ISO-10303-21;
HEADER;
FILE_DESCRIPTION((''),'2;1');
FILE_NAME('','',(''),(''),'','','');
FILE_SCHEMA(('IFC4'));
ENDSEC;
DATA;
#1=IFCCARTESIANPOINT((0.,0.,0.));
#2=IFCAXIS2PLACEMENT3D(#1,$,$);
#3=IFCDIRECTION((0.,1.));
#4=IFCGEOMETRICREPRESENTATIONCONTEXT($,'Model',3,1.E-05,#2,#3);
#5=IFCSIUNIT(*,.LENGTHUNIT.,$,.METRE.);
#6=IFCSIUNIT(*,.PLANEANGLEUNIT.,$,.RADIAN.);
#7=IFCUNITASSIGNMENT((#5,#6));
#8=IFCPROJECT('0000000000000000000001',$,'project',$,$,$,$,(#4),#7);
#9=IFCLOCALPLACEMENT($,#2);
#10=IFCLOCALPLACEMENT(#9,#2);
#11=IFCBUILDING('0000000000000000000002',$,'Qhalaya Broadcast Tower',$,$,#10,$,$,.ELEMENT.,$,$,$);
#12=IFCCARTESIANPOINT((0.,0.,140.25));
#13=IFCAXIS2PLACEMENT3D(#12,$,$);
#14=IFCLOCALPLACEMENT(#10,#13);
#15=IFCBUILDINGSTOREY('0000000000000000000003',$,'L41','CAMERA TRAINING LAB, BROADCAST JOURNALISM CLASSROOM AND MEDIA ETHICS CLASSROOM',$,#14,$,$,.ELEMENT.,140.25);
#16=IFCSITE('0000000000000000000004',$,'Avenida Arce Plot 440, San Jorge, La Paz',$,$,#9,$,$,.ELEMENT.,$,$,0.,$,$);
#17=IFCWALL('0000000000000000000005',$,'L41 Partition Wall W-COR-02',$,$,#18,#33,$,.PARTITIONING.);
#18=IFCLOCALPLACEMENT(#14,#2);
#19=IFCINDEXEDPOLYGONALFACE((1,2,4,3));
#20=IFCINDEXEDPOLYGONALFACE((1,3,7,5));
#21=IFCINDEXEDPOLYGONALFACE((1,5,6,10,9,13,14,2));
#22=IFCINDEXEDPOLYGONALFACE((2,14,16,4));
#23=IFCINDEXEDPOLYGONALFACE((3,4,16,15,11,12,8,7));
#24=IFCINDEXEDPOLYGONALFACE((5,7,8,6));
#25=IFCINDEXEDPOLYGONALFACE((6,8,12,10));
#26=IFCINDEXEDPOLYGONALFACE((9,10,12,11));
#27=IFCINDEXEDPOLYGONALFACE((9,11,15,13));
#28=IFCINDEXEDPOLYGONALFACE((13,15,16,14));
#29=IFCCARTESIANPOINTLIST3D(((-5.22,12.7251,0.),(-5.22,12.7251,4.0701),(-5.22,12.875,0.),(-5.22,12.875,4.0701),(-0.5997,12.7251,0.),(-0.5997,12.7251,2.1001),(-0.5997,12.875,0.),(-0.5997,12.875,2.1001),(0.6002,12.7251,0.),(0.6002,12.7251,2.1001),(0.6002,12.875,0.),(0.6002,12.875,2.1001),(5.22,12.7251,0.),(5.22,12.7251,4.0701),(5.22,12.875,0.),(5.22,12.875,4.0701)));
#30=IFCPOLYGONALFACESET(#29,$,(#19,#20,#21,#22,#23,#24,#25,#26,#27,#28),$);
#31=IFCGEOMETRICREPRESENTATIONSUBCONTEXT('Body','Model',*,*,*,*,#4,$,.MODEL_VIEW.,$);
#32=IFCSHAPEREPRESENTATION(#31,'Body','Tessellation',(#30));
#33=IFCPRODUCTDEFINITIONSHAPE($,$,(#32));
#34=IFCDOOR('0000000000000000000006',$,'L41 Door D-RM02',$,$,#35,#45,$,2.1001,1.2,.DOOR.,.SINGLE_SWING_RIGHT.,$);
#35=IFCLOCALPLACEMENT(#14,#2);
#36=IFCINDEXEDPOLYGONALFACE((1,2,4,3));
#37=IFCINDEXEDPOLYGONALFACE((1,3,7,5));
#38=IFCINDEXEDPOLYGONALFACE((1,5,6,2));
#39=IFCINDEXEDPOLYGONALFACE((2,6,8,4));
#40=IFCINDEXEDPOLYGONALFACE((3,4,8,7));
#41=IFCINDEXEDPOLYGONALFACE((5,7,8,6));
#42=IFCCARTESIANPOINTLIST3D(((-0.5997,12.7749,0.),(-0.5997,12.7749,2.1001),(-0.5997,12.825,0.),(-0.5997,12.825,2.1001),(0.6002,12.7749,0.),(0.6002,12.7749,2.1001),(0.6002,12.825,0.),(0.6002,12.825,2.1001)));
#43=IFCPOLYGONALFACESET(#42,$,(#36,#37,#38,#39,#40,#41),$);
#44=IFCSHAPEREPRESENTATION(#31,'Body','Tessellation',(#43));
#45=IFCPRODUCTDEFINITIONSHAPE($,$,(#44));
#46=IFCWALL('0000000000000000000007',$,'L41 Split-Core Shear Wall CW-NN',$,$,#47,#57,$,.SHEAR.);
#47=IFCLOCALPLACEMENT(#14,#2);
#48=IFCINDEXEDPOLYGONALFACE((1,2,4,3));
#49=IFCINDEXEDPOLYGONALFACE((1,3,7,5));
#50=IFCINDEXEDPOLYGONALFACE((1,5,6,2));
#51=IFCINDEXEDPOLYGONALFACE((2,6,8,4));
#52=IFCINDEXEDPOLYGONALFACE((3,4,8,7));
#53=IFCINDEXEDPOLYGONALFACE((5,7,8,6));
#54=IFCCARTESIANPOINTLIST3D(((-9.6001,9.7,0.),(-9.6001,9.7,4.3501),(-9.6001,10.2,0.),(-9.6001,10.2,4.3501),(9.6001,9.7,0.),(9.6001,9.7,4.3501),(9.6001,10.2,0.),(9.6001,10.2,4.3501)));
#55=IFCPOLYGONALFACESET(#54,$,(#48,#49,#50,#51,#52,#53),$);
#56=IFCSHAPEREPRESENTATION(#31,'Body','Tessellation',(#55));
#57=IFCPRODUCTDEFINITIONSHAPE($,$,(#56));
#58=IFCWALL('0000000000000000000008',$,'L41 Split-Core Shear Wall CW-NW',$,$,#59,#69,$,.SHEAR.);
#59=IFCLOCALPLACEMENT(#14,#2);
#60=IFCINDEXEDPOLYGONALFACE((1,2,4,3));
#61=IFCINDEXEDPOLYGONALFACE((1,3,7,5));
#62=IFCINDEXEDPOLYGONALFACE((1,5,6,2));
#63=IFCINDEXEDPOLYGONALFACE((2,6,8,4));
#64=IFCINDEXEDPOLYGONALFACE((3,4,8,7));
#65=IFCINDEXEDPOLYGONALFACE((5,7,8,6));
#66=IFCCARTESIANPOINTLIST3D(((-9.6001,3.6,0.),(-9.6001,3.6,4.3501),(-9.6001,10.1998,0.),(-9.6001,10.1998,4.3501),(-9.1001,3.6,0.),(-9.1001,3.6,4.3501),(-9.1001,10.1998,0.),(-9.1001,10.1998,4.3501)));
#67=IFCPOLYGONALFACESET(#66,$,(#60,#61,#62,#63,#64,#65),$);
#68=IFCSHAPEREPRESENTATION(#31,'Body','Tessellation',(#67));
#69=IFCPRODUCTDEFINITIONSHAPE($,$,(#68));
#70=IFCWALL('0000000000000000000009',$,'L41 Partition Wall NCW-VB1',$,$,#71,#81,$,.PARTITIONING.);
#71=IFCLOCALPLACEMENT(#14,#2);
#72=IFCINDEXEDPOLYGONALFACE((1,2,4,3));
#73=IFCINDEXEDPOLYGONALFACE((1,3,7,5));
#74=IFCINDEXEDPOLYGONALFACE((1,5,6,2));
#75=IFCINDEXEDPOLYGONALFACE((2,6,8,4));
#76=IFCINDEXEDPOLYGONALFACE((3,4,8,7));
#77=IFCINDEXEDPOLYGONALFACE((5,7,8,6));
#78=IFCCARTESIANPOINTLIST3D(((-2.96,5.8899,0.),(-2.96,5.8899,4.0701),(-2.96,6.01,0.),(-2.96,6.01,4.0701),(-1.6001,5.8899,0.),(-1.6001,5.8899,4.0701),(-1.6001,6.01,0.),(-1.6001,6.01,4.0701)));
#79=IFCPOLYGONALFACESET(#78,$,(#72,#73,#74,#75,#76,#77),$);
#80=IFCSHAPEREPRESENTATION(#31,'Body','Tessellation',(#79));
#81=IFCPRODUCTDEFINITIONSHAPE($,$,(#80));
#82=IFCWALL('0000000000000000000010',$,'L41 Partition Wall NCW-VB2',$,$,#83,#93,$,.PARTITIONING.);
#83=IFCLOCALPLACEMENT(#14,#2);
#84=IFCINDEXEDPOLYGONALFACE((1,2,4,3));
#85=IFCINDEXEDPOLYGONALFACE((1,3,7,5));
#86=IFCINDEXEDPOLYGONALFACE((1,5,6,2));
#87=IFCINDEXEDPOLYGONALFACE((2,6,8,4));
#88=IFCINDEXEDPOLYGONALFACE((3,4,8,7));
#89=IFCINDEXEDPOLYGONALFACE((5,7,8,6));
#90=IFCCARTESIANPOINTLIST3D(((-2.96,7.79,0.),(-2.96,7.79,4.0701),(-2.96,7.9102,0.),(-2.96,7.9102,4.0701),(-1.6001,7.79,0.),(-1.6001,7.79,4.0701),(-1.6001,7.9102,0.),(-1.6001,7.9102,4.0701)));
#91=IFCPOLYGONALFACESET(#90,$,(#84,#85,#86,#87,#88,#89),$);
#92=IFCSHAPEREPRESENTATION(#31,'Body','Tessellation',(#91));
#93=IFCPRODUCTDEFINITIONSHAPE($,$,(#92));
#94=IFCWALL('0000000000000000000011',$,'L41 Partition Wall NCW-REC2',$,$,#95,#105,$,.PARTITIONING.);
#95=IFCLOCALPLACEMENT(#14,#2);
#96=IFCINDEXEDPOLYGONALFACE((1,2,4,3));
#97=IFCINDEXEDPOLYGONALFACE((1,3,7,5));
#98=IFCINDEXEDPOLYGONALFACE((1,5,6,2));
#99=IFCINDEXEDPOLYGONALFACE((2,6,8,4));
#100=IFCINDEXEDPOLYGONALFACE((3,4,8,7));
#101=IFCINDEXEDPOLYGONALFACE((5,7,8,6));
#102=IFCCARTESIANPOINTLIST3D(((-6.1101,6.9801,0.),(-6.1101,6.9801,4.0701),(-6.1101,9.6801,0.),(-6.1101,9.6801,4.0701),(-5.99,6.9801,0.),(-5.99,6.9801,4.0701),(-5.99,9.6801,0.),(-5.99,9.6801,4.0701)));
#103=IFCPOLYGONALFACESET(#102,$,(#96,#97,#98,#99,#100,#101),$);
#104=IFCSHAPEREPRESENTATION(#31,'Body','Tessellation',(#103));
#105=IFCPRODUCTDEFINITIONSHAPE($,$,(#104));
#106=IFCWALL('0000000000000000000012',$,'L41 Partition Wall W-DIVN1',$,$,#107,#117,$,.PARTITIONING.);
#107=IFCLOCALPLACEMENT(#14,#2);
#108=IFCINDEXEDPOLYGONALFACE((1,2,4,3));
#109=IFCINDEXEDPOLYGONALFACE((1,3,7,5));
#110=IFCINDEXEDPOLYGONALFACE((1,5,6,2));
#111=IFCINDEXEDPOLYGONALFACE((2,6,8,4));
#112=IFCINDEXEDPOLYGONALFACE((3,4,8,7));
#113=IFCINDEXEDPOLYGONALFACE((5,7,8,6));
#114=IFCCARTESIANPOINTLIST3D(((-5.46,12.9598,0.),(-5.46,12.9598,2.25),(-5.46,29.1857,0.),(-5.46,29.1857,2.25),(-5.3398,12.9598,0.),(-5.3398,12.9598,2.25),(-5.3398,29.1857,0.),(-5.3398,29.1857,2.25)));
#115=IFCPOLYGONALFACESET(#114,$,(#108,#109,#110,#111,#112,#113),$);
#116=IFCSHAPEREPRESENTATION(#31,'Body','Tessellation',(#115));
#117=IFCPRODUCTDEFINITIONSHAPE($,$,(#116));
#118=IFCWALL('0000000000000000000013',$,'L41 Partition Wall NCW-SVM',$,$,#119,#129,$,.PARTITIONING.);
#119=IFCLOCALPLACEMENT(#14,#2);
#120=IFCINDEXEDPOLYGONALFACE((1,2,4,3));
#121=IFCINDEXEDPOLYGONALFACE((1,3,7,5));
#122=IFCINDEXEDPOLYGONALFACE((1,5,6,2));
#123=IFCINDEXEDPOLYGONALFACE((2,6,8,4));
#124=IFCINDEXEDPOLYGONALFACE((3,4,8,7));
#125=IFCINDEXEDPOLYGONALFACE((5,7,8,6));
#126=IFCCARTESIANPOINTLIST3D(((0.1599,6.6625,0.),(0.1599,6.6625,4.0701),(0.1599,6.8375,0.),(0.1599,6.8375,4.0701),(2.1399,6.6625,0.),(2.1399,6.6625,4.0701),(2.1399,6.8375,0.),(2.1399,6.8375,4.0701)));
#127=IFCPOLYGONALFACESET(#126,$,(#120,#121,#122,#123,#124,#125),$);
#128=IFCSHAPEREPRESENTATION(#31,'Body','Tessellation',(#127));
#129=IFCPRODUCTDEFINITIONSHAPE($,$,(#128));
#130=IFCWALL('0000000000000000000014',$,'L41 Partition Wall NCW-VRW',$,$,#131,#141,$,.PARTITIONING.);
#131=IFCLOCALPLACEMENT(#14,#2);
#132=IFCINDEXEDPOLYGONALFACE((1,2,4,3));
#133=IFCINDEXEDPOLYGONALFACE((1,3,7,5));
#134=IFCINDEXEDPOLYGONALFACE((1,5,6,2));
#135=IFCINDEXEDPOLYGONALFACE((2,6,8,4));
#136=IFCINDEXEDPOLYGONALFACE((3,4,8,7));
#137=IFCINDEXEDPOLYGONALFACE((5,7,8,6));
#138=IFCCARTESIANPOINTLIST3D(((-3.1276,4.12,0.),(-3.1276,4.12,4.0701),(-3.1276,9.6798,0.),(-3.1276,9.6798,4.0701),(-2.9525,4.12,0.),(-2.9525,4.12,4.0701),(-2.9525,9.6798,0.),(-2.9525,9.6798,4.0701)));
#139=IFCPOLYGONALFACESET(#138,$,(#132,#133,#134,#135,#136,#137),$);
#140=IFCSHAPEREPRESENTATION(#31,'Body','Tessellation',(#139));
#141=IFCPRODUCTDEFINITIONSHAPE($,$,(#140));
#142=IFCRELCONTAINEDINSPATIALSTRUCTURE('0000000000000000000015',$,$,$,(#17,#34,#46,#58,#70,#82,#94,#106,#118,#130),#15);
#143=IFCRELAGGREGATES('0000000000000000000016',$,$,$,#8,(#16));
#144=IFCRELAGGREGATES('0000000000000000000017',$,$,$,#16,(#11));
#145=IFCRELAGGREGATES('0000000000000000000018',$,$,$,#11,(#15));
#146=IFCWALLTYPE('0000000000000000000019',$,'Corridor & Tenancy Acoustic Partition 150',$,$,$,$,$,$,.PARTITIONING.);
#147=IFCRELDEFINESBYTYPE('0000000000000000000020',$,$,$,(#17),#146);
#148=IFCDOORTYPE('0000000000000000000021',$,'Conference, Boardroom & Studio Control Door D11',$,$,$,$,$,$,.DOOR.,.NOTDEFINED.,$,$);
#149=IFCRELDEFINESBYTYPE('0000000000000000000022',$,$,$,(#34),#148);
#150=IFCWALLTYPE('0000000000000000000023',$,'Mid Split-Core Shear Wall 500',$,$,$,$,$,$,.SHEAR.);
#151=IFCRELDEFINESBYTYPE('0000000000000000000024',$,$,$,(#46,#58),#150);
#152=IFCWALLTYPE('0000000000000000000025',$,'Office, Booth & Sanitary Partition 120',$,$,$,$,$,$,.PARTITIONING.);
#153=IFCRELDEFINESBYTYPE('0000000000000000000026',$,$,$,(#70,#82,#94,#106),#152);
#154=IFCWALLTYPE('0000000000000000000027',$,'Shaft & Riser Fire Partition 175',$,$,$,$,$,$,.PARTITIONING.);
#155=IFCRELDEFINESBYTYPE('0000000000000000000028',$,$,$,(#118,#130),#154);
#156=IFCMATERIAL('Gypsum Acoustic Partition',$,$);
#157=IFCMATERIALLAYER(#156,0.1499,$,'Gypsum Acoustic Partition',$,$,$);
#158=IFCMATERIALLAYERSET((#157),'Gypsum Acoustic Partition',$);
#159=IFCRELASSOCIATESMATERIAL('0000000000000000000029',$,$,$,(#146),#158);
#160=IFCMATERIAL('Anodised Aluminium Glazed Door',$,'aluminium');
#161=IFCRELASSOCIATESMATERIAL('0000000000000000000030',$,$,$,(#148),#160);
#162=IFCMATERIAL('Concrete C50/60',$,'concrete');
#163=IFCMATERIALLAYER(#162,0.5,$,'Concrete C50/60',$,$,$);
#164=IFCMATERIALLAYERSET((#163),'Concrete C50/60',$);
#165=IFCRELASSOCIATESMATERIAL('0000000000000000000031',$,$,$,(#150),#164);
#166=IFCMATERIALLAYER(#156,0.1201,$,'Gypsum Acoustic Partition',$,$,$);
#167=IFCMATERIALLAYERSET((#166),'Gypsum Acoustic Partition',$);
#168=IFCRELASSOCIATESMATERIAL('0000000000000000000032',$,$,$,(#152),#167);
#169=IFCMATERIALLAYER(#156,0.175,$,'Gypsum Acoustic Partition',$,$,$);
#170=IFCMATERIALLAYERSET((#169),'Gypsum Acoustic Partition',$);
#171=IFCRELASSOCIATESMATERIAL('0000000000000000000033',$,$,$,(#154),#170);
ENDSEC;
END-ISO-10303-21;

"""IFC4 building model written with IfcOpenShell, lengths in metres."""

from ifc_helpers import new_model, si_unit, direction, frame, frame_2d, origin, place, context, subcontext, project, spatial, rectangle, extrude, material, layer, layer_set, type_object, element, fill, save


model = new_model("IFC4")

# Units and contexts
model_context = context("Model", 3, precision=1e-05, world=origin(), true_north=direction((0.0, 1.0)))
body_context = subcontext(model_context, "Body", "Model", "MODEL_VIEW")
ifc_project = project(units=[si_unit("LENGTHUNIT", "METRE"), si_unit("PLANEANGLEUNIT", "RADIAN")], contexts=[model_context])

# Site, building, storey
site_placement = place(None, origin())
site = spatial("IfcSite", under=ifc_project, at=site_placement, Name="Avenida Arce Plot 440, San Jorge, La Paz", CompositionType="ELEMENT", RefElevation=0.0)
building_placement = place(site_placement, origin())
building = spatial("IfcBuilding", under=site, at=building_placement, Name="Qhalaya Broadcast Tower", CompositionType="ELEMENT")
storey_placement = place(building_placement, frame((0.0, 0.0, 140.25)))
storey = spatial("IfcBuildingStorey", under=building, at=storey_placement, Name="L41", Description="CAMERA TRAINING LAB, BROADCAST JOURNALISM CLASSROOM AND MEDIA ETHICS CLASSROOM", CompositionType="ELEMENT", Elevation=140.25)

# Shared definitions
ifc_material_1 = material(Name="Concrete C50/60", Category="concrete")

# Shared definitions
ifc_material_2 = material(Name="Gypsum Acoustic Partition")
ifc_layer_1 = layer(ifc_material_2, 0.1499, Name="Gypsum Acoustic Partition")
ifc_layer_set_1 = layer_set([ifc_layer_1], Name="Gypsum Acoustic Partition")
wall_type_1 = type_object("IfcWallType", Name="Corridor & Tenancy Acoustic Partition 150", PredefinedType="PARTITIONING", material=ifc_layer_set_1)

# Wall, opening, door
wall_1_placement = place(storey_placement, frame((-5.22, 12.8, 0.0), z_axis=(0.0, 0.0, 1.0), x_axis=(1.0, 0.0, 0.0)))
wall_1 = element("IfcWall", 1, at=wall_1_placement, inside=storey, type_object=wall_type_1, Name="L41 Partition Wall W-COR-02", PredefinedType="PARTITIONING", context=body_context, shape_type="SweptSolid", body=[
    extrude(rectangle(XDim=10.4399, YDim=0.1499, at=frame_2d((5.22, 0.0))), origin(), (0.0, 0.0, 1.0), 4.0701),
])
opening_1_placement = place(wall_1_placement, frame((4.6201, 0.0, 0.0)))
opening_1 = element("IfcOpeningElement", 2, at=opening_1_placement, cuts=wall_1, PredefinedType="OPENING", context=body_context, shape_type="SweptSolid", body=[
    extrude(rectangle(XDim=1.2, YDim=2.1001, at=frame_2d((0.6001, 1.05))), frame((0.0, 0.0869, 0.0), z_axis=(0.0, -1.0, 0.0), x_axis=(1.0, 0.0, 0.0)), (0.0, 0.0, 1.0), 0.1738),
])
ifc_material_3 = material(Name="Anodised Aluminium Glazed Door", Category="aluminium")
door_type_1 = type_object("IfcDoorType", Name="Conference, Boardroom & Studio Control Door D11", OperationType="NOTDEFINED", PredefinedType="DOOR", material=ifc_material_3)
door_1_placement = place(opening_1_placement, origin())
door_1 = element("IfcDoor", 3, at=door_1_placement, inside=storey, type_object=door_type_1, Name="L41 Door D-RM02", OperationType="SINGLE_SWING_RIGHT", OverallHeight=2.1001, OverallWidth=1.2, PredefinedType="DOOR", context=body_context, shape_type="SweptSolid", body=[
    extrude(rectangle(XDim=1.2, YDim=2.1001, at=frame_2d((0.6001, 1.05))), frame((0.0, 0.0249, 0.0), z_axis=(0.0, -1.0, 0.0), x_axis=(1.0, 0.0, 0.0)), (0.0, 0.0, 1.0), 0.05),
])
fill(opening_1, door_1)

# Walls
ifc_layer_2 = layer(ifc_material_1, 0.5, Name="Concrete C50/60")
ifc_layer_set_2 = layer_set([ifc_layer_2], Name="Concrete C50/60")
wall_type_2 = type_object("IfcWallType", Name="Mid Split-Core Shear Wall 500", PredefinedType="SHEAR", material=ifc_layer_set_2)
wall_2_placement = place(storey_placement, frame((-9.6001, 9.95, 0.0), z_axis=(0.0, 0.0, 1.0), x_axis=(1.0, 0.0, 0.0)))
element("IfcWall", 4, at=wall_2_placement, inside=storey, type_object=wall_type_2, Name="L41 Split-Core Shear Wall CW-NN", PredefinedType="SHEAR", context=body_context, shape_type="SweptSolid", body=[
    extrude(rectangle(XDim=19.2002, YDim=0.5, at=frame_2d((9.6001, 0.0))), origin(), (0.0, 0.0, 1.0), 4.3501),
])
wall_3_placement = place(storey_placement, frame((-9.3501, 3.6001, 0.0), z_axis=(0.0, 0.0, 1.0), x_axis=(0.0, 1.0, 0.0)))
element("IfcWall", 5, at=wall_3_placement, inside=storey, type_object=wall_type_2, Name="L41 Split-Core Shear Wall CW-NW", PredefinedType="SHEAR", context=body_context, shape_type="SweptSolid", body=[
    extrude(rectangle(XDim=6.5999, YDim=0.5, at=frame_2d((3.2998, 0.0))), origin(), (0.0, 0.0, 1.0), 4.3501),
])
ifc_layer_3 = layer(ifc_material_2, 0.1201, Name="Gypsum Acoustic Partition")
ifc_layer_set_3 = layer_set([ifc_layer_3], Name="Gypsum Acoustic Partition")
wall_type_3 = type_object("IfcWallType", Name="Office, Booth & Sanitary Partition 120", PredefinedType="PARTITIONING", material=ifc_layer_set_3)
for number, where, z_axis, x_axis, name in (
    (6, (-2.96, 5.95, 0.0), (0.0, 0.0, 1.0), (1.0, 0.0, 0.0), "L41 Partition Wall NCW-VB1"),
    (7, (-2.96, 7.8501, 0.0), (0.0, 0.0, 1.0), (1.0, 0.0, 0.0), "L41 Partition Wall NCW-VB2"),
):
    element("IfcWall", number, at=place(storey_placement, frame(where, z_axis=z_axis, x_axis=x_axis)), inside=storey, type_object=wall_type_3, Name=name, PredefinedType="PARTITIONING", context=body_context, shape_type="SweptSolid", body=[
        extrude(rectangle(XDim=1.3599, YDim=0.1201, at=frame_2d((0.6799, 0.0))), origin(), (0.0, 0.0, 1.0), 4.0701),
    ])
wall_4_placement = place(storey_placement, frame((-6.05, 6.98, 0.0), z_axis=(0.0, 0.0, 1.0), x_axis=(0.0, 1.0, 0.0)))
element("IfcWall", 8, at=wall_4_placement, inside=storey, type_object=wall_type_3, Name="L41 Partition Wall NCW-REC2", PredefinedType="PARTITIONING", context=body_context, shape_type="SweptSolid", body=[
    extrude(rectangle(XDim=2.7, YDim=0.1201, at=frame_2d((1.3501, 0.0))), origin(), (0.0, 0.0, 1.0), 4.0701),
])
wall_5_placement = place(storey_placement, frame((-5.3999, 12.96, 0.0), z_axis=(0.0, 0.0, 1.0), x_axis=(0.0, 1.0, 0.0)))
element("IfcWall", 9, at=wall_5_placement, inside=storey, type_object=wall_type_3, Name="L41 Partition Wall W-DIVN1", PredefinedType="PARTITIONING", context=body_context, shape_type="SweptSolid", body=[
    extrude(rectangle(XDim=16.2258, YDim=0.1201, at=frame_2d((8.1128, 0.0))), origin(), (0.0, 0.0, 1.0), 2.25),
])

# Shared definitions
ifc_layer_4 = layer(ifc_material_2, 0.175, Name="Gypsum Acoustic Partition")
ifc_layer_set_4 = layer_set([ifc_layer_4], Name="Gypsum Acoustic Partition")
wall_type_4 = type_object("IfcWallType", Name="Shaft & Riser Fire Partition 175", PredefinedType="PARTITIONING", material=ifc_layer_set_4)

# Walls
wall_6_placement = place(storey_placement, frame((0.1599, 6.75, 0.0), z_axis=(0.0, 0.0, 1.0), x_axis=(1.0, 0.0, 0.0)))
element("IfcWall", 10, at=wall_6_placement, inside=storey, type_object=wall_type_4, Name="L41 Partition Wall NCW-SVM", PredefinedType="PARTITIONING", context=body_context, shape_type="SweptSolid", body=[
    extrude(rectangle(XDim=1.98, YDim=0.175, at=frame_2d((0.99, 0.0))), origin(), (0.0, 0.0, 1.0), 4.0701),
])
wall_7_placement = place(storey_placement, frame((-3.04, 4.1201, 0.0), z_axis=(0.0, 0.0, 1.0), x_axis=(0.0, 1.0, 0.0)))
element("IfcWall", 11, at=wall_7_placement, inside=storey, type_object=wall_type_4, Name="L41 Partition Wall NCW-VRW", PredefinedType="PARTITIONING", context=body_context, shape_type="SweptSolid", body=[
    extrude(rectangle(XDim=5.5598, YDim=0.175, at=frame_2d((2.7798, 0.0))), origin(), (0.0, 0.0, 1.0), 4.0701),
])

save(model, "model.ifc")
